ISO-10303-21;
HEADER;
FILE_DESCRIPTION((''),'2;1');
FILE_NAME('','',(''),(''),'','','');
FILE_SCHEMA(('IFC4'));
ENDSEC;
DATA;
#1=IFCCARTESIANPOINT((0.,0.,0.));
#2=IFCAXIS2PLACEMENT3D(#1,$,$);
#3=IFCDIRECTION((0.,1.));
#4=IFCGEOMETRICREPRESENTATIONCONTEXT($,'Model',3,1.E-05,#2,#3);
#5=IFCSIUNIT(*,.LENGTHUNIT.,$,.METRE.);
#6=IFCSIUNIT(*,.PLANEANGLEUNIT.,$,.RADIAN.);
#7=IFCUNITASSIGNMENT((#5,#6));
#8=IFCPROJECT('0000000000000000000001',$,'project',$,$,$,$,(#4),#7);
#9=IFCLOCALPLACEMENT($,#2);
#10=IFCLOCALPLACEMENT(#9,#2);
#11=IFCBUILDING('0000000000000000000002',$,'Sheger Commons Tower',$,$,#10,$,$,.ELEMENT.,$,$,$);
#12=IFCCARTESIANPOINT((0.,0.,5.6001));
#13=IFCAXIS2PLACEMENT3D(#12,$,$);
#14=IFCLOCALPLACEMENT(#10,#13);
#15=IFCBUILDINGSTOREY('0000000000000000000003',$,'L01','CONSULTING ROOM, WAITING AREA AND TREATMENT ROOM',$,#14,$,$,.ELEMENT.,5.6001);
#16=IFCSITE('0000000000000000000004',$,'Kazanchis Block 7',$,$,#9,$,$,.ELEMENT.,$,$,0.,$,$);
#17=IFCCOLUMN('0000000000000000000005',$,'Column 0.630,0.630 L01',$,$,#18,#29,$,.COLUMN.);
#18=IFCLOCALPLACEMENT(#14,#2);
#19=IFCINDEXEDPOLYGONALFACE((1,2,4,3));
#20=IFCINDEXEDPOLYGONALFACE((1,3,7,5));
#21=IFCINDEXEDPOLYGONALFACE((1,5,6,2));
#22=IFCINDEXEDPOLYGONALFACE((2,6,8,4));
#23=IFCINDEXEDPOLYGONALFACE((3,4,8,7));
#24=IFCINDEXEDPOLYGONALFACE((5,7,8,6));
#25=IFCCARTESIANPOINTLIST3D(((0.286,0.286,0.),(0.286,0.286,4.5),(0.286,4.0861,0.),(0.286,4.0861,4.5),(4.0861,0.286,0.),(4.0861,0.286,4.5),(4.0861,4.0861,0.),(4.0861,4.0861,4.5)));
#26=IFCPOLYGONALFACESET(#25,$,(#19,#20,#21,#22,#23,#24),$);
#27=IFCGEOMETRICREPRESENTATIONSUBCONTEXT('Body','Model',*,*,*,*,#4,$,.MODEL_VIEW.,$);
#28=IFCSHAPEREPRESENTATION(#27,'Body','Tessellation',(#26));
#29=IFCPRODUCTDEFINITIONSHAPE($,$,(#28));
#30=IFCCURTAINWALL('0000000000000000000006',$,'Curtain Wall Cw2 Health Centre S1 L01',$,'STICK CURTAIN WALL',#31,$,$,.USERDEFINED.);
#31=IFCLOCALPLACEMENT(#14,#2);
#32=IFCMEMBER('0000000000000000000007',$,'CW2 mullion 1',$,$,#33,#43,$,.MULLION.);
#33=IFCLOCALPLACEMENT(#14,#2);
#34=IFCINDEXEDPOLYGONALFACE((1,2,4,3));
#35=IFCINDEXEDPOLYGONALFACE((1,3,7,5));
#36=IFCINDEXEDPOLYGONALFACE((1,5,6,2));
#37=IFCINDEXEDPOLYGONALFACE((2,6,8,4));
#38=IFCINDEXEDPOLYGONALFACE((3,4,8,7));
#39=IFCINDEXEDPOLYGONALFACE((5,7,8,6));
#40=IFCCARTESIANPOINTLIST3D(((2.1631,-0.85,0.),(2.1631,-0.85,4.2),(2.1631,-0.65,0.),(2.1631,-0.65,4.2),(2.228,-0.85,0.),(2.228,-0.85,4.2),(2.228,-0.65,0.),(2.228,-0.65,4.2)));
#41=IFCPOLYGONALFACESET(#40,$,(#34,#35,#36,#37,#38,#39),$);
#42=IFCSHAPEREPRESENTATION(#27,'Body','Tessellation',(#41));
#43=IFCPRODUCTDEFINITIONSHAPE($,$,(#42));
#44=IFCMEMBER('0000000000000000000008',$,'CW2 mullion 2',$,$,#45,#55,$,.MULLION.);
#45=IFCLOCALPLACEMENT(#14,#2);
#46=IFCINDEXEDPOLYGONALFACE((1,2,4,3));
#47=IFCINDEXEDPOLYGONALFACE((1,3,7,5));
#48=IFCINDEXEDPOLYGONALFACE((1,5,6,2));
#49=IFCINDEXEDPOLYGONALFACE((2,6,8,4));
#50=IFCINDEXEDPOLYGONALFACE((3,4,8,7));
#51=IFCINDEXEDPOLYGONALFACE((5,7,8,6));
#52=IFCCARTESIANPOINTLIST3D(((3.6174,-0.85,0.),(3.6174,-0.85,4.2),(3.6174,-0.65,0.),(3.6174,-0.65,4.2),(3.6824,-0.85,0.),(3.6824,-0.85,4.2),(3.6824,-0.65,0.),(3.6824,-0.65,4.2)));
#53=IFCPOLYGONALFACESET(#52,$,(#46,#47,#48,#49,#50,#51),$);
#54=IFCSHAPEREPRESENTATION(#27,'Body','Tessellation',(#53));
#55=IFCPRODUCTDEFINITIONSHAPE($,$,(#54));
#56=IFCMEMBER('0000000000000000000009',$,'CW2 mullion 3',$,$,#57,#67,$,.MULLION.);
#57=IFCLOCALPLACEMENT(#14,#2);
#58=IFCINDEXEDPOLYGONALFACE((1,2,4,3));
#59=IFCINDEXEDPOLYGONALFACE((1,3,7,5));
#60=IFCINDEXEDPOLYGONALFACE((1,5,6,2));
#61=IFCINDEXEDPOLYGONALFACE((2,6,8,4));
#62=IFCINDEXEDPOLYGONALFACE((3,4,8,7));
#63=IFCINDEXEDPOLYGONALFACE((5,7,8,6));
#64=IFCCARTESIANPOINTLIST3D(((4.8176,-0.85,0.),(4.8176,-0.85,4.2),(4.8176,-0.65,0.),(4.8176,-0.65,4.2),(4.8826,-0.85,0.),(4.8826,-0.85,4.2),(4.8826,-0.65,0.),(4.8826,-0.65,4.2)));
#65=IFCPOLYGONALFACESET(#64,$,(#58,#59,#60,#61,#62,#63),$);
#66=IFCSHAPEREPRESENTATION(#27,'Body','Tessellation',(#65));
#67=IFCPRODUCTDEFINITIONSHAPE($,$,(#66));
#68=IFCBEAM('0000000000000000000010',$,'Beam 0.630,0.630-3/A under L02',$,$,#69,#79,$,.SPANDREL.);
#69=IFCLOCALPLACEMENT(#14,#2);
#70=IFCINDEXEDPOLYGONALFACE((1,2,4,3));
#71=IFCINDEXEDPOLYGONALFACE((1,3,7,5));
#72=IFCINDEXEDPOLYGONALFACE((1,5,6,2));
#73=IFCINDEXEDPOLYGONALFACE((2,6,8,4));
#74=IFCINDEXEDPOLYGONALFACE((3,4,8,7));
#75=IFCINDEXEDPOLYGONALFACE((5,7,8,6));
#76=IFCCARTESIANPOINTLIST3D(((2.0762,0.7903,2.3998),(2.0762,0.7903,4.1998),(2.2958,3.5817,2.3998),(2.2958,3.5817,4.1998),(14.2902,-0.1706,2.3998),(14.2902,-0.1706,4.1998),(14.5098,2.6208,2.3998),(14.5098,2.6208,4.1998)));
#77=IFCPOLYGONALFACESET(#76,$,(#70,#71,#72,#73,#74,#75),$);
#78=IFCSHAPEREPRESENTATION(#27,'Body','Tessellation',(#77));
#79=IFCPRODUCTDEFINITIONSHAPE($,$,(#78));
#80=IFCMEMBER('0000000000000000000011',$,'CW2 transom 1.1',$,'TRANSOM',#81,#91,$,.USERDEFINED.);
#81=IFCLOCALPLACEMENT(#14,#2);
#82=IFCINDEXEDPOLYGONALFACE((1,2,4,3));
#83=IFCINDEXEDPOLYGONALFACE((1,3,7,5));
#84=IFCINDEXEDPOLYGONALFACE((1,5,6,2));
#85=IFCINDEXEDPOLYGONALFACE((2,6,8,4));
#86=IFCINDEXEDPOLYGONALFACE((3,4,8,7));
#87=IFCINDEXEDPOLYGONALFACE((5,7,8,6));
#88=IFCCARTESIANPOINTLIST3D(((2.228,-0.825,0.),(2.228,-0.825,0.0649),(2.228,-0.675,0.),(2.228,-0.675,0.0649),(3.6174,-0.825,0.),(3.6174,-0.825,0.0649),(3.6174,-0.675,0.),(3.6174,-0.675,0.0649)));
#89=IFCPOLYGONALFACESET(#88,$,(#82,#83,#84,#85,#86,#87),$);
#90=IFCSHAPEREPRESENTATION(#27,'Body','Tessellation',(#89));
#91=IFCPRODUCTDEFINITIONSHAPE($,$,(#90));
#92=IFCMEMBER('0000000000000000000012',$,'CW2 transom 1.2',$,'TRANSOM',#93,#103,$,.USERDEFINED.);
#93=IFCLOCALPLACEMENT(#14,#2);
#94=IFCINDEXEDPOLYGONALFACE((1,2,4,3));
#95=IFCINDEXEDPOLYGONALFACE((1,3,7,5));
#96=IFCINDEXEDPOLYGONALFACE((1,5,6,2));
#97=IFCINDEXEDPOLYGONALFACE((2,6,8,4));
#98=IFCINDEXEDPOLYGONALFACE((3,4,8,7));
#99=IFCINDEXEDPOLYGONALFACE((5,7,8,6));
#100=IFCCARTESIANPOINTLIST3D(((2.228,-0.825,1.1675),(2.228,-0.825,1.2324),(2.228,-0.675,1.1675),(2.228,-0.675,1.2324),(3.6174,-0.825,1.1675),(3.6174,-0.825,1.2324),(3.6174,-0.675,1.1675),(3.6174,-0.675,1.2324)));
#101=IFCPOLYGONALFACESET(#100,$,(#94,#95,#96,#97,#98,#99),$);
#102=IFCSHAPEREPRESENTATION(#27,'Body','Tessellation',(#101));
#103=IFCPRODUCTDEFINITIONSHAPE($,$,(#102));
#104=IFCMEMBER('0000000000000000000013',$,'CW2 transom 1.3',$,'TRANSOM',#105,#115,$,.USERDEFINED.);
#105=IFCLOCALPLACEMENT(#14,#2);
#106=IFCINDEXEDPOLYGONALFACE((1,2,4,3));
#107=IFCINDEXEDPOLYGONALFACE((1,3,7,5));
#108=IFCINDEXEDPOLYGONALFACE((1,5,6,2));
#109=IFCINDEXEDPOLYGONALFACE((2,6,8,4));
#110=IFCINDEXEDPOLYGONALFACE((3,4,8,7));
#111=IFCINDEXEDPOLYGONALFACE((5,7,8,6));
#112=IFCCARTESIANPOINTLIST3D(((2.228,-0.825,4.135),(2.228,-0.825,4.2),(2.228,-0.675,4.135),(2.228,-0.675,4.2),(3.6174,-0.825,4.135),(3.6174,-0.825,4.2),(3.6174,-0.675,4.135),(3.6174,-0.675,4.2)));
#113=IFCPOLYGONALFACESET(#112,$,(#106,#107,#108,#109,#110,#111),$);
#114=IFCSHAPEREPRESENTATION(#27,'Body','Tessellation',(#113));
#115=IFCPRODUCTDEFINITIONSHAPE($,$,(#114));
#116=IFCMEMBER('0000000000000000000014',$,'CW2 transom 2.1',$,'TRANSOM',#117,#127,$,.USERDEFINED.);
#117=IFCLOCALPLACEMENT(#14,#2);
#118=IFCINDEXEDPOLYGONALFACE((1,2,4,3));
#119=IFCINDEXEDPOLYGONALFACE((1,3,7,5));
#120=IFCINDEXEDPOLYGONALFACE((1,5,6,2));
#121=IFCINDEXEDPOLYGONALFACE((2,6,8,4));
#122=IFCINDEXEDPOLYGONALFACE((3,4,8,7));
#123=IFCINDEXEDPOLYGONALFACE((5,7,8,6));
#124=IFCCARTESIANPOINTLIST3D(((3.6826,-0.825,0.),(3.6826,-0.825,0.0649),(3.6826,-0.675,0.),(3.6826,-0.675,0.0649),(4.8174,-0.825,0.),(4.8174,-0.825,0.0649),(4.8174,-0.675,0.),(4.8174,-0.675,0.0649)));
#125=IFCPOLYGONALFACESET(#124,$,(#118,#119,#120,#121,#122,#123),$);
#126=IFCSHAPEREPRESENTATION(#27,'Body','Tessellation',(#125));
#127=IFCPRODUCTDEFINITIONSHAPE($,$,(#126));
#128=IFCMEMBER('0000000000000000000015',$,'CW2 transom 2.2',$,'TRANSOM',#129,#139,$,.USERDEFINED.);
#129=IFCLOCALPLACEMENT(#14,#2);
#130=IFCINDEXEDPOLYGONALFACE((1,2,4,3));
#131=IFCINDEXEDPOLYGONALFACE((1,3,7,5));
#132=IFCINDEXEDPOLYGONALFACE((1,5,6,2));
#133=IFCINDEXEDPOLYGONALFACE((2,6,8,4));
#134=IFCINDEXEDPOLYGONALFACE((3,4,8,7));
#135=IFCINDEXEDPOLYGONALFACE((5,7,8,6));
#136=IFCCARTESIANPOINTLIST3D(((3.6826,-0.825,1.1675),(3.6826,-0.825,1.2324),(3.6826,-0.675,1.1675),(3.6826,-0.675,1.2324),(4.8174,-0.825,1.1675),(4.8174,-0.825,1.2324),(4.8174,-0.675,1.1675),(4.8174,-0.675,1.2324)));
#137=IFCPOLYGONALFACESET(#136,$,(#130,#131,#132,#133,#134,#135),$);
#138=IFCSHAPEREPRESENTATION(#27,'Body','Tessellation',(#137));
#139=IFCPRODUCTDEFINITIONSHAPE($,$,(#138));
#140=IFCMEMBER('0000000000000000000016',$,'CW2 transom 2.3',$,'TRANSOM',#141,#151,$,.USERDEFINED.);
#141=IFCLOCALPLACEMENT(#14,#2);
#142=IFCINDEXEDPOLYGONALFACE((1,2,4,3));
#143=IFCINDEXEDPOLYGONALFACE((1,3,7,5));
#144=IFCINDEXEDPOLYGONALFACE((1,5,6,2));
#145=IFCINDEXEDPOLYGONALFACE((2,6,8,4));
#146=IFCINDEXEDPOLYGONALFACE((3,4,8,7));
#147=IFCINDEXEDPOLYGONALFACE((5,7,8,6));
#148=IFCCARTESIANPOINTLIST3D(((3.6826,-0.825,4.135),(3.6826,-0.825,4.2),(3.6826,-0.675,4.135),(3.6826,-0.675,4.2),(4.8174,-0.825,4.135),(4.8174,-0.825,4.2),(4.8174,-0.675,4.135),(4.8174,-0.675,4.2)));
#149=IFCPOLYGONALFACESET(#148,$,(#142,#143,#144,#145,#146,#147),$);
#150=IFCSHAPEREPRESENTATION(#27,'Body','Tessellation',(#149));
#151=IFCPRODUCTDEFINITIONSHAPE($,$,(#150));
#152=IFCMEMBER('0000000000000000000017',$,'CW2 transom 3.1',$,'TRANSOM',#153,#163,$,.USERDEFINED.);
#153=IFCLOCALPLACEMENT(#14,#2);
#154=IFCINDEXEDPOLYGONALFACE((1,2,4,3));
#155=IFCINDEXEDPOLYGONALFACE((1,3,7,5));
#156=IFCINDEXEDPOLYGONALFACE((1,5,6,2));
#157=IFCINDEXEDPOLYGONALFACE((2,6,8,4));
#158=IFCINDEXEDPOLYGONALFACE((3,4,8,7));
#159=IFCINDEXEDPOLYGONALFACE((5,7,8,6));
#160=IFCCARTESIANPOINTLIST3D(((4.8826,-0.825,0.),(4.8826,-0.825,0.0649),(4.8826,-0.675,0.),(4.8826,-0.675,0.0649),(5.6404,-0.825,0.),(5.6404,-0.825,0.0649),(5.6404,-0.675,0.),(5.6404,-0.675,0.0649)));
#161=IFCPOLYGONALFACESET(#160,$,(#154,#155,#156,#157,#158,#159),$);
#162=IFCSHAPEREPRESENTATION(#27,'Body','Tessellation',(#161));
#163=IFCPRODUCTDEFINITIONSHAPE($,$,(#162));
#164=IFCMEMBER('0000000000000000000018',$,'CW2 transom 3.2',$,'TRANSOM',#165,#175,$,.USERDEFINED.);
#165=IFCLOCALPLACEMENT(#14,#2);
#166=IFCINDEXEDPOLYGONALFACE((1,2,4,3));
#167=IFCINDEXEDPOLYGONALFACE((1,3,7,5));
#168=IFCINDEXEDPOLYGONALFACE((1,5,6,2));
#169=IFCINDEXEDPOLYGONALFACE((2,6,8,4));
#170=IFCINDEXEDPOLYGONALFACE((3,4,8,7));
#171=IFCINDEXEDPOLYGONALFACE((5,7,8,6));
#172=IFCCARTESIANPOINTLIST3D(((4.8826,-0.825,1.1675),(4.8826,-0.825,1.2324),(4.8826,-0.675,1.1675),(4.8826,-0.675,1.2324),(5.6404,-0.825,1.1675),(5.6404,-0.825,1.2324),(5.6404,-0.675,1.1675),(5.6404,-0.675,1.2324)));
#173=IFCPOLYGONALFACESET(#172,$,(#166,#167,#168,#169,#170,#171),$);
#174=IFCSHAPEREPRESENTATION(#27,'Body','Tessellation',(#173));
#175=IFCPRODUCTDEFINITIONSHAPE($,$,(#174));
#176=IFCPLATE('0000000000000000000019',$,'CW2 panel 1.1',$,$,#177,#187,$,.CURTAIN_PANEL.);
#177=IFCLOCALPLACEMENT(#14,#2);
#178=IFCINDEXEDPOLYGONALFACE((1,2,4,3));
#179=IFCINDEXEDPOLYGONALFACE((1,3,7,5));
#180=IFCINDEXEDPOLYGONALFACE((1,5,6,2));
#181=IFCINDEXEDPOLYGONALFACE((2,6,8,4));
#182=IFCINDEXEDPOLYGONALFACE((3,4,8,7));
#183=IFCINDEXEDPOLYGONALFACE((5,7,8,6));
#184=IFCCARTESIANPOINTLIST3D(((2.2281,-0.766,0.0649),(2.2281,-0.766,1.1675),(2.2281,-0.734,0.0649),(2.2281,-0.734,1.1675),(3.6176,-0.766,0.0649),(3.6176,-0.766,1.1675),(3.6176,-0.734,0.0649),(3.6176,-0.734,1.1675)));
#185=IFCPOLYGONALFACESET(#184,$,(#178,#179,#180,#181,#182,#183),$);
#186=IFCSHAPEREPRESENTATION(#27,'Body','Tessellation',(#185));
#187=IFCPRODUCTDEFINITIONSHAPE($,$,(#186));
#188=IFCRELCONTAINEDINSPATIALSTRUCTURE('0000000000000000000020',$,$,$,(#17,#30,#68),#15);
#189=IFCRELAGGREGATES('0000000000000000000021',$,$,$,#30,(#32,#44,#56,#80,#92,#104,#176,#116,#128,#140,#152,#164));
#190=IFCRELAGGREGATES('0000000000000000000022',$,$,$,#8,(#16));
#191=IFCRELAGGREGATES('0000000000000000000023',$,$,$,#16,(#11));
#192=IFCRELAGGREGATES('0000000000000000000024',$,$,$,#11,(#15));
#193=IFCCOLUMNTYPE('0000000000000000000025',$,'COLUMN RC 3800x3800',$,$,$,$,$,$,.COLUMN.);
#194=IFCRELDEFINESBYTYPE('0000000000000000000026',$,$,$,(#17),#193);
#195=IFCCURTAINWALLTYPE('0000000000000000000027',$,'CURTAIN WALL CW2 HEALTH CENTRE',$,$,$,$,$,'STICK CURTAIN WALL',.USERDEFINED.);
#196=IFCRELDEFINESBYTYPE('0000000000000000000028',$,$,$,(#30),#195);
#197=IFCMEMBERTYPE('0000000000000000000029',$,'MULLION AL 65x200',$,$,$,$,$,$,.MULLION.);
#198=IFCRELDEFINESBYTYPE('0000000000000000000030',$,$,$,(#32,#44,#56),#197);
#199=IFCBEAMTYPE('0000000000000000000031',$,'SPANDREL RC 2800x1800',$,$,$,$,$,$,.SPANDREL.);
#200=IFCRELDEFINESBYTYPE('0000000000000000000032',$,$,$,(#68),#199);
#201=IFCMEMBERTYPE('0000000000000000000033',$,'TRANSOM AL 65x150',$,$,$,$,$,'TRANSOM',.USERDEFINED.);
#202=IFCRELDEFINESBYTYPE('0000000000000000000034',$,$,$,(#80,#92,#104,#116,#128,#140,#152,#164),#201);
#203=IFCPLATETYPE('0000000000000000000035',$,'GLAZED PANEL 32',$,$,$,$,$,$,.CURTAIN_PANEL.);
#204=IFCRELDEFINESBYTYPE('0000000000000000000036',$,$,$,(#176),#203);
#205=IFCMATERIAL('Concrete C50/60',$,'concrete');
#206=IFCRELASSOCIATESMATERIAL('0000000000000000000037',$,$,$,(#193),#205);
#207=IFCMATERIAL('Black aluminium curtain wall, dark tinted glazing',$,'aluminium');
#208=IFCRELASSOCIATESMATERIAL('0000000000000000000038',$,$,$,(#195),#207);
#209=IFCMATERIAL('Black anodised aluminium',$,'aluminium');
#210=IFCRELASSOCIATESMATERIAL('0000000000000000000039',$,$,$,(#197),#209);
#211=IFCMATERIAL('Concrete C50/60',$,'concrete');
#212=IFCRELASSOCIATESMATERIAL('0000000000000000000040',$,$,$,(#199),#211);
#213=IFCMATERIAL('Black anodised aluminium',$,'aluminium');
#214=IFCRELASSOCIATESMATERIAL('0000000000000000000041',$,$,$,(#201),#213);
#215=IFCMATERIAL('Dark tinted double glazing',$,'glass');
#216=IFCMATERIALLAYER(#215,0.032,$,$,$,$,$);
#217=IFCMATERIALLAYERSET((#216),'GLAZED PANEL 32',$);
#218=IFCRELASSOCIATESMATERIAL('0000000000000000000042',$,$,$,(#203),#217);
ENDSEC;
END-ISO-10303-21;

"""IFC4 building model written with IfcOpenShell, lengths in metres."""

from ifc_helpers import new_model, si_unit, direction, frame, origin, origin_2d, place, context, subcontext, project, spatial, rectangle, extrude, material, layer, layer_set, material_profile, profile_set, type_object, element, aggregate, save


model = new_model("IFC4")

# Units and contexts
model_context = context("Model", 3, precision=1e-05, world=origin(), true_north=direction((0.0, 1.0)))
body_context = subcontext(model_context, "Body", "Model", "MODEL_VIEW")
ifc_project = project(units=[si_unit("LENGTHUNIT", "METRE"), si_unit("PLANEANGLEUNIT", "RADIAN")], contexts=[model_context])

# Site, building, storey
site_placement = place(None, origin())
site = spatial("IfcSite", under=ifc_project, at=site_placement, Name="Kazanchis Block 7", CompositionType="ELEMENT", RefElevation=0.0)
building_placement = place(site_placement, origin())
building = spatial("IfcBuilding", under=site, at=building_placement, Name="Sheger Commons Tower", CompositionType="ELEMENT")
storey_placement = place(building_placement, frame((0.0, 0.0, 5.6001)))
storey = spatial("IfcBuildingStorey", under=building, at=storey_placement, Name="L01", Description="CONSULTING ROOM, WAITING AREA AND TREATMENT ROOM", CompositionType="ELEMENT", Elevation=5.6001)

# Column
ifc_material_1 = material(Name="Concrete C50/60", Category="concrete")
ifc_material_profile_1 = material_profile(ifc_material_1, rectangle(XDim=3.8, YDim=3.8, at=origin_2d()), Name="RC 3800x3800")
ifc_profile_set_1 = profile_set([ifc_material_profile_1], Name="Concrete C50/60")
column_type = type_object("IfcColumnType", Name="COLUMN RC 3800x3800", PredefinedType="COLUMN", material=ifc_profile_set_1)
column_placement = place(storey_placement, frame((2.186, 2.186, 0.0), z_axis=(0.0, 0.0, 1.0), x_axis=(1.0, 0.0, 0.0)))
element("IfcColumn", 1, at=column_placement, inside=storey, type_object=column_type, Name="Column 0.630,0.630 L01", PredefinedType="COLUMN", context=body_context, shape_type="SweptSolid", body=[
    extrude(rectangle(XDim=3.8, YDim=3.8, at=origin_2d()), origin(), (0.0, 0.0, 1.0), 4.5),
])

# Curtain wall, members
ifc_material_2 = material(Name="Black aluminium curtain wall, dark tinted glazing", Category="aluminium")
curtain_wall_type = type_object("IfcCurtainWallType", Name="CURTAIN WALL CW2 HEALTH CENTRE", ElementType="STICK CURTAIN WALL", PredefinedType="USERDEFINED", material=ifc_material_2)
curtain_wall_placement = place(storey_placement, origin())
curtain_wall = element("IfcCurtainWall", 2, at=curtain_wall_placement, inside=storey, type_object=curtain_wall_type, Name="Curtain Wall Cw2 Health Centre S1 L01", ObjectType="STICK CURTAIN WALL", PredefinedType="USERDEFINED")
ifc_material_3 = material(Name="Black anodised aluminium", Category="aluminium")
ifc_material_profile_2 = material_profile(ifc_material_3, rectangle(XDim=0.2, YDim=0.0649, at=origin_2d()), Name="AL 65x200")
ifc_profile_set_2 = profile_set([ifc_material_profile_2], Name="Black anodised aluminium")
member_type_1 = type_object("IfcMemberType", Name="MULLION AL 65x200", PredefinedType="MULLION", material=ifc_profile_set_2)
member_1_placement = place(storey_placement, frame((2.1956, -0.75, 0.0), z_axis=(0.0, 0.0, 1.0), x_axis=(0.0, 1.0, 0.0)))
member_1 = element("IfcMember", 3, at=member_1_placement, type_object=member_type_1, Name="CW2 mullion 1", PredefinedType="MULLION", context=body_context, shape_type="SweptSolid", body=[
    extrude(rectangle(XDim=0.2, YDim=0.0649, at=origin_2d()), origin(), (0.0, 0.0, 1.0), 4.2),
])
member_2_placement = place(storey_placement, frame((3.6499, -0.75, 0.0), z_axis=(0.0, 0.0, 1.0), x_axis=(0.0, 1.0, 0.0)))
member_2 = element("IfcMember", 4, at=member_2_placement, type_object=member_type_1, Name="CW2 mullion 2", PredefinedType="MULLION", context=body_context, shape_type="SweptSolid", body=[
    extrude(rectangle(XDim=0.2, YDim=0.0649, at=origin_2d()), origin(), (0.0, 0.0, 1.0), 4.2),
])
member_3_placement = place(storey_placement, frame((4.8501, -0.75, 0.0), z_axis=(0.0, 0.0, 1.0), x_axis=(0.0, 1.0, 0.0)))
member_3 = element("IfcMember", 5, at=member_3_placement, type_object=member_type_1, Name="CW2 mullion 3", PredefinedType="MULLION", context=body_context, shape_type="SweptSolid", body=[
    extrude(rectangle(XDim=0.2, YDim=0.0649, at=origin_2d()), origin(), (0.0, 0.0, 1.0), 4.2),
])

# Beam
ifc_material_4 = material(Name="Concrete C50/60", Category="concrete")
ifc_material_profile_3 = material_profile(ifc_material_4, rectangle(XDim=2.8, YDim=1.8, at=origin_2d()), Name="RC 2800x1800")
ifc_profile_set_3 = profile_set([ifc_material_profile_3], Name="Concrete C50/60")
beam_type = type_object("IfcBeamType", Name="SPANDREL RC 2800x1800", PredefinedType="SPANDREL", material=ifc_profile_set_3)
beam_placement = place(storey_placement, frame((2.186, 2.186, 3.2998), z_axis=(0.996919, -0.078434, 0.0), x_axis=(0.078434, 0.996919, 0.0)))
element("IfcBeam", 6, at=beam_placement, inside=storey, type_object=beam_type, Name="Beam 0.630,0.630-3/A under L02", PredefinedType="SPANDREL", context=body_context, shape_type="SweptSolid", body=[
    extrude(rectangle(XDim=2.8, YDim=1.8, at=origin_2d()), origin(), (0.0, 0.0, 1.0), 12.2517),
])

# Members
ifc_material_5 = material(Name="Black anodised aluminium", Category="aluminium")
ifc_material_profile_4 = material_profile(ifc_material_5, rectangle(XDim=0.1499, YDim=0.0649, at=origin_2d()), Name="AL 65x150")
ifc_profile_set_4 = profile_set([ifc_material_profile_4], Name="Black anodised aluminium")
member_type_2 = type_object("IfcMemberType", Name="TRANSOM AL 65x150", ElementType="TRANSOM", PredefinedType="USERDEFINED", material=ifc_profile_set_4)
member_4_placement = place(storey_placement, frame((2.228, -0.75, 0.0325), z_axis=(1.0, 0.0, 0.0), x_axis=(0.0, 1.0, 0.0)))
member_4 = element("IfcMember", 7, at=member_4_placement, type_object=member_type_2, Name="CW2 transom 1.1", ObjectType="TRANSOM", PredefinedType="USERDEFINED", context=body_context, shape_type="SweptSolid", body=[
    extrude(rectangle(XDim=0.1499, YDim=0.0649, at=origin_2d()), origin(), (0.0, 0.0, 1.0), 1.3894),
])
member_5_placement = place(storey_placement, frame((2.228, -0.75, 1.2), z_axis=(1.0, 0.0, 0.0), x_axis=(0.0, 1.0, 0.0)))
member_5 = element("IfcMember", 8, at=member_5_placement, type_object=member_type_2, Name="CW2 transom 1.2", ObjectType="TRANSOM", PredefinedType="USERDEFINED", context=body_context, shape_type="SweptSolid", body=[
    extrude(rectangle(XDim=0.1499, YDim=0.0649, at=origin_2d()), origin(), (0.0, 0.0, 1.0), 1.3894),
])
member_6_placement = place(storey_placement, frame((2.228, -0.75, 4.1675), z_axis=(1.0, 0.0, 0.0), x_axis=(0.0, 1.0, 0.0)))
member_6 = element("IfcMember", 9, at=member_6_placement, type_object=member_type_2, Name="CW2 transom 1.3", ObjectType="TRANSOM", PredefinedType="USERDEFINED", context=body_context, shape_type="SweptSolid", body=[
    extrude(rectangle(XDim=0.1499, YDim=0.0649, at=origin_2d()), origin(), (0.0, 0.0, 1.0), 1.3894),
])
member_7_placement = place(storey_placement, frame((3.6826, -0.75, 0.0325), z_axis=(1.0, 0.0, 0.0), x_axis=(0.0, 1.0, 0.0)))
member_7 = element("IfcMember", 10, at=member_7_placement, type_object=member_type_2, Name="CW2 transom 2.1", ObjectType="TRANSOM", PredefinedType="USERDEFINED", context=body_context, shape_type="SweptSolid", body=[
    extrude(rectangle(XDim=0.1499, YDim=0.0649, at=origin_2d()), origin(), (0.0, 0.0, 1.0), 1.1348),
])
member_8_placement = place(storey_placement, frame((3.6826, -0.75, 1.2), z_axis=(1.0, 0.0, 0.0), x_axis=(0.0, 1.0, 0.0)))
member_8 = element("IfcMember", 11, at=member_8_placement, type_object=member_type_2, Name="CW2 transom 2.2", ObjectType="TRANSOM", PredefinedType="USERDEFINED", context=body_context, shape_type="SweptSolid", body=[
    extrude(rectangle(XDim=0.1499, YDim=0.0649, at=origin_2d()), origin(), (0.0, 0.0, 1.0), 1.1348),
])
member_9_placement = place(storey_placement, frame((3.6826, -0.75, 4.1675), z_axis=(1.0, 0.0, 0.0), x_axis=(0.0, 1.0, 0.0)))
member_9 = element("IfcMember", 12, at=member_9_placement, type_object=member_type_2, Name="CW2 transom 2.3", ObjectType="TRANSOM", PredefinedType="USERDEFINED", context=body_context, shape_type="SweptSolid", body=[
    extrude(rectangle(XDim=0.1499, YDim=0.0649, at=origin_2d()), origin(), (0.0, 0.0, 1.0), 1.1348),
])
member_10_placement = place(storey_placement, frame((4.8826, -0.75, 0.0325), z_axis=(1.0, 0.0, 0.0), x_axis=(0.0, 1.0, 0.0)))
member_10 = element("IfcMember", 13, at=member_10_placement, type_object=member_type_2, Name="CW2 transom 3.1", ObjectType="TRANSOM", PredefinedType="USERDEFINED", context=body_context, shape_type="SweptSolid", body=[
    extrude(rectangle(XDim=0.1499, YDim=0.0649, at=origin_2d()), origin(), (0.0, 0.0, 1.0), 0.7578),
])
member_11_placement = place(storey_placement, frame((4.8826, -0.75, 1.2), z_axis=(1.0, 0.0, 0.0), x_axis=(0.0, 1.0, 0.0)))
member_11 = element("IfcMember", 14, at=member_11_placement, type_object=member_type_2, Name="CW2 transom 3.2", ObjectType="TRANSOM", PredefinedType="USERDEFINED", context=body_context, shape_type="SweptSolid", body=[
    extrude(rectangle(XDim=0.1499, YDim=0.0649, at=origin_2d()), origin(), (0.0, 0.0, 1.0), 0.7578),
])

# Plate
ifc_material_6 = material(Name="Dark tinted double glazing", Category="glass")
ifc_layer_1 = layer(ifc_material_6, 0.032)
ifc_layer_set_1 = layer_set([ifc_layer_1], Name="GLAZED PANEL 32")
plate_type = type_object("IfcPlateType", Name="GLAZED PANEL 32", PredefinedType="CURTAIN_PANEL", material=ifc_layer_set_1)
plate_1_placement = place(storey_placement, frame((2.9229, -0.75, 0.0649), z_axis=(0.0, 0.0, 1.0), x_axis=(1.0, 0.0, 0.0)))
plate_1 = element("IfcPlate", 15, at=plate_1_placement, type_object=plate_type, Name="CW2 panel 1.1", PredefinedType="CURTAIN_PANEL", context=body_context, shape_type="SweptSolid", body=[
    extrude(rectangle(XDim=1.3894, YDim=0.032, at=origin_2d()), origin(), (0.0, 0.0, 1.0), 1.1025),
])
aggregate(curtain_wall, [member_1, member_2, member_3, member_4, member_5, member_6, plate_1, member_7, member_8, member_9, member_10, member_11])

save(model, "model.ifc")
